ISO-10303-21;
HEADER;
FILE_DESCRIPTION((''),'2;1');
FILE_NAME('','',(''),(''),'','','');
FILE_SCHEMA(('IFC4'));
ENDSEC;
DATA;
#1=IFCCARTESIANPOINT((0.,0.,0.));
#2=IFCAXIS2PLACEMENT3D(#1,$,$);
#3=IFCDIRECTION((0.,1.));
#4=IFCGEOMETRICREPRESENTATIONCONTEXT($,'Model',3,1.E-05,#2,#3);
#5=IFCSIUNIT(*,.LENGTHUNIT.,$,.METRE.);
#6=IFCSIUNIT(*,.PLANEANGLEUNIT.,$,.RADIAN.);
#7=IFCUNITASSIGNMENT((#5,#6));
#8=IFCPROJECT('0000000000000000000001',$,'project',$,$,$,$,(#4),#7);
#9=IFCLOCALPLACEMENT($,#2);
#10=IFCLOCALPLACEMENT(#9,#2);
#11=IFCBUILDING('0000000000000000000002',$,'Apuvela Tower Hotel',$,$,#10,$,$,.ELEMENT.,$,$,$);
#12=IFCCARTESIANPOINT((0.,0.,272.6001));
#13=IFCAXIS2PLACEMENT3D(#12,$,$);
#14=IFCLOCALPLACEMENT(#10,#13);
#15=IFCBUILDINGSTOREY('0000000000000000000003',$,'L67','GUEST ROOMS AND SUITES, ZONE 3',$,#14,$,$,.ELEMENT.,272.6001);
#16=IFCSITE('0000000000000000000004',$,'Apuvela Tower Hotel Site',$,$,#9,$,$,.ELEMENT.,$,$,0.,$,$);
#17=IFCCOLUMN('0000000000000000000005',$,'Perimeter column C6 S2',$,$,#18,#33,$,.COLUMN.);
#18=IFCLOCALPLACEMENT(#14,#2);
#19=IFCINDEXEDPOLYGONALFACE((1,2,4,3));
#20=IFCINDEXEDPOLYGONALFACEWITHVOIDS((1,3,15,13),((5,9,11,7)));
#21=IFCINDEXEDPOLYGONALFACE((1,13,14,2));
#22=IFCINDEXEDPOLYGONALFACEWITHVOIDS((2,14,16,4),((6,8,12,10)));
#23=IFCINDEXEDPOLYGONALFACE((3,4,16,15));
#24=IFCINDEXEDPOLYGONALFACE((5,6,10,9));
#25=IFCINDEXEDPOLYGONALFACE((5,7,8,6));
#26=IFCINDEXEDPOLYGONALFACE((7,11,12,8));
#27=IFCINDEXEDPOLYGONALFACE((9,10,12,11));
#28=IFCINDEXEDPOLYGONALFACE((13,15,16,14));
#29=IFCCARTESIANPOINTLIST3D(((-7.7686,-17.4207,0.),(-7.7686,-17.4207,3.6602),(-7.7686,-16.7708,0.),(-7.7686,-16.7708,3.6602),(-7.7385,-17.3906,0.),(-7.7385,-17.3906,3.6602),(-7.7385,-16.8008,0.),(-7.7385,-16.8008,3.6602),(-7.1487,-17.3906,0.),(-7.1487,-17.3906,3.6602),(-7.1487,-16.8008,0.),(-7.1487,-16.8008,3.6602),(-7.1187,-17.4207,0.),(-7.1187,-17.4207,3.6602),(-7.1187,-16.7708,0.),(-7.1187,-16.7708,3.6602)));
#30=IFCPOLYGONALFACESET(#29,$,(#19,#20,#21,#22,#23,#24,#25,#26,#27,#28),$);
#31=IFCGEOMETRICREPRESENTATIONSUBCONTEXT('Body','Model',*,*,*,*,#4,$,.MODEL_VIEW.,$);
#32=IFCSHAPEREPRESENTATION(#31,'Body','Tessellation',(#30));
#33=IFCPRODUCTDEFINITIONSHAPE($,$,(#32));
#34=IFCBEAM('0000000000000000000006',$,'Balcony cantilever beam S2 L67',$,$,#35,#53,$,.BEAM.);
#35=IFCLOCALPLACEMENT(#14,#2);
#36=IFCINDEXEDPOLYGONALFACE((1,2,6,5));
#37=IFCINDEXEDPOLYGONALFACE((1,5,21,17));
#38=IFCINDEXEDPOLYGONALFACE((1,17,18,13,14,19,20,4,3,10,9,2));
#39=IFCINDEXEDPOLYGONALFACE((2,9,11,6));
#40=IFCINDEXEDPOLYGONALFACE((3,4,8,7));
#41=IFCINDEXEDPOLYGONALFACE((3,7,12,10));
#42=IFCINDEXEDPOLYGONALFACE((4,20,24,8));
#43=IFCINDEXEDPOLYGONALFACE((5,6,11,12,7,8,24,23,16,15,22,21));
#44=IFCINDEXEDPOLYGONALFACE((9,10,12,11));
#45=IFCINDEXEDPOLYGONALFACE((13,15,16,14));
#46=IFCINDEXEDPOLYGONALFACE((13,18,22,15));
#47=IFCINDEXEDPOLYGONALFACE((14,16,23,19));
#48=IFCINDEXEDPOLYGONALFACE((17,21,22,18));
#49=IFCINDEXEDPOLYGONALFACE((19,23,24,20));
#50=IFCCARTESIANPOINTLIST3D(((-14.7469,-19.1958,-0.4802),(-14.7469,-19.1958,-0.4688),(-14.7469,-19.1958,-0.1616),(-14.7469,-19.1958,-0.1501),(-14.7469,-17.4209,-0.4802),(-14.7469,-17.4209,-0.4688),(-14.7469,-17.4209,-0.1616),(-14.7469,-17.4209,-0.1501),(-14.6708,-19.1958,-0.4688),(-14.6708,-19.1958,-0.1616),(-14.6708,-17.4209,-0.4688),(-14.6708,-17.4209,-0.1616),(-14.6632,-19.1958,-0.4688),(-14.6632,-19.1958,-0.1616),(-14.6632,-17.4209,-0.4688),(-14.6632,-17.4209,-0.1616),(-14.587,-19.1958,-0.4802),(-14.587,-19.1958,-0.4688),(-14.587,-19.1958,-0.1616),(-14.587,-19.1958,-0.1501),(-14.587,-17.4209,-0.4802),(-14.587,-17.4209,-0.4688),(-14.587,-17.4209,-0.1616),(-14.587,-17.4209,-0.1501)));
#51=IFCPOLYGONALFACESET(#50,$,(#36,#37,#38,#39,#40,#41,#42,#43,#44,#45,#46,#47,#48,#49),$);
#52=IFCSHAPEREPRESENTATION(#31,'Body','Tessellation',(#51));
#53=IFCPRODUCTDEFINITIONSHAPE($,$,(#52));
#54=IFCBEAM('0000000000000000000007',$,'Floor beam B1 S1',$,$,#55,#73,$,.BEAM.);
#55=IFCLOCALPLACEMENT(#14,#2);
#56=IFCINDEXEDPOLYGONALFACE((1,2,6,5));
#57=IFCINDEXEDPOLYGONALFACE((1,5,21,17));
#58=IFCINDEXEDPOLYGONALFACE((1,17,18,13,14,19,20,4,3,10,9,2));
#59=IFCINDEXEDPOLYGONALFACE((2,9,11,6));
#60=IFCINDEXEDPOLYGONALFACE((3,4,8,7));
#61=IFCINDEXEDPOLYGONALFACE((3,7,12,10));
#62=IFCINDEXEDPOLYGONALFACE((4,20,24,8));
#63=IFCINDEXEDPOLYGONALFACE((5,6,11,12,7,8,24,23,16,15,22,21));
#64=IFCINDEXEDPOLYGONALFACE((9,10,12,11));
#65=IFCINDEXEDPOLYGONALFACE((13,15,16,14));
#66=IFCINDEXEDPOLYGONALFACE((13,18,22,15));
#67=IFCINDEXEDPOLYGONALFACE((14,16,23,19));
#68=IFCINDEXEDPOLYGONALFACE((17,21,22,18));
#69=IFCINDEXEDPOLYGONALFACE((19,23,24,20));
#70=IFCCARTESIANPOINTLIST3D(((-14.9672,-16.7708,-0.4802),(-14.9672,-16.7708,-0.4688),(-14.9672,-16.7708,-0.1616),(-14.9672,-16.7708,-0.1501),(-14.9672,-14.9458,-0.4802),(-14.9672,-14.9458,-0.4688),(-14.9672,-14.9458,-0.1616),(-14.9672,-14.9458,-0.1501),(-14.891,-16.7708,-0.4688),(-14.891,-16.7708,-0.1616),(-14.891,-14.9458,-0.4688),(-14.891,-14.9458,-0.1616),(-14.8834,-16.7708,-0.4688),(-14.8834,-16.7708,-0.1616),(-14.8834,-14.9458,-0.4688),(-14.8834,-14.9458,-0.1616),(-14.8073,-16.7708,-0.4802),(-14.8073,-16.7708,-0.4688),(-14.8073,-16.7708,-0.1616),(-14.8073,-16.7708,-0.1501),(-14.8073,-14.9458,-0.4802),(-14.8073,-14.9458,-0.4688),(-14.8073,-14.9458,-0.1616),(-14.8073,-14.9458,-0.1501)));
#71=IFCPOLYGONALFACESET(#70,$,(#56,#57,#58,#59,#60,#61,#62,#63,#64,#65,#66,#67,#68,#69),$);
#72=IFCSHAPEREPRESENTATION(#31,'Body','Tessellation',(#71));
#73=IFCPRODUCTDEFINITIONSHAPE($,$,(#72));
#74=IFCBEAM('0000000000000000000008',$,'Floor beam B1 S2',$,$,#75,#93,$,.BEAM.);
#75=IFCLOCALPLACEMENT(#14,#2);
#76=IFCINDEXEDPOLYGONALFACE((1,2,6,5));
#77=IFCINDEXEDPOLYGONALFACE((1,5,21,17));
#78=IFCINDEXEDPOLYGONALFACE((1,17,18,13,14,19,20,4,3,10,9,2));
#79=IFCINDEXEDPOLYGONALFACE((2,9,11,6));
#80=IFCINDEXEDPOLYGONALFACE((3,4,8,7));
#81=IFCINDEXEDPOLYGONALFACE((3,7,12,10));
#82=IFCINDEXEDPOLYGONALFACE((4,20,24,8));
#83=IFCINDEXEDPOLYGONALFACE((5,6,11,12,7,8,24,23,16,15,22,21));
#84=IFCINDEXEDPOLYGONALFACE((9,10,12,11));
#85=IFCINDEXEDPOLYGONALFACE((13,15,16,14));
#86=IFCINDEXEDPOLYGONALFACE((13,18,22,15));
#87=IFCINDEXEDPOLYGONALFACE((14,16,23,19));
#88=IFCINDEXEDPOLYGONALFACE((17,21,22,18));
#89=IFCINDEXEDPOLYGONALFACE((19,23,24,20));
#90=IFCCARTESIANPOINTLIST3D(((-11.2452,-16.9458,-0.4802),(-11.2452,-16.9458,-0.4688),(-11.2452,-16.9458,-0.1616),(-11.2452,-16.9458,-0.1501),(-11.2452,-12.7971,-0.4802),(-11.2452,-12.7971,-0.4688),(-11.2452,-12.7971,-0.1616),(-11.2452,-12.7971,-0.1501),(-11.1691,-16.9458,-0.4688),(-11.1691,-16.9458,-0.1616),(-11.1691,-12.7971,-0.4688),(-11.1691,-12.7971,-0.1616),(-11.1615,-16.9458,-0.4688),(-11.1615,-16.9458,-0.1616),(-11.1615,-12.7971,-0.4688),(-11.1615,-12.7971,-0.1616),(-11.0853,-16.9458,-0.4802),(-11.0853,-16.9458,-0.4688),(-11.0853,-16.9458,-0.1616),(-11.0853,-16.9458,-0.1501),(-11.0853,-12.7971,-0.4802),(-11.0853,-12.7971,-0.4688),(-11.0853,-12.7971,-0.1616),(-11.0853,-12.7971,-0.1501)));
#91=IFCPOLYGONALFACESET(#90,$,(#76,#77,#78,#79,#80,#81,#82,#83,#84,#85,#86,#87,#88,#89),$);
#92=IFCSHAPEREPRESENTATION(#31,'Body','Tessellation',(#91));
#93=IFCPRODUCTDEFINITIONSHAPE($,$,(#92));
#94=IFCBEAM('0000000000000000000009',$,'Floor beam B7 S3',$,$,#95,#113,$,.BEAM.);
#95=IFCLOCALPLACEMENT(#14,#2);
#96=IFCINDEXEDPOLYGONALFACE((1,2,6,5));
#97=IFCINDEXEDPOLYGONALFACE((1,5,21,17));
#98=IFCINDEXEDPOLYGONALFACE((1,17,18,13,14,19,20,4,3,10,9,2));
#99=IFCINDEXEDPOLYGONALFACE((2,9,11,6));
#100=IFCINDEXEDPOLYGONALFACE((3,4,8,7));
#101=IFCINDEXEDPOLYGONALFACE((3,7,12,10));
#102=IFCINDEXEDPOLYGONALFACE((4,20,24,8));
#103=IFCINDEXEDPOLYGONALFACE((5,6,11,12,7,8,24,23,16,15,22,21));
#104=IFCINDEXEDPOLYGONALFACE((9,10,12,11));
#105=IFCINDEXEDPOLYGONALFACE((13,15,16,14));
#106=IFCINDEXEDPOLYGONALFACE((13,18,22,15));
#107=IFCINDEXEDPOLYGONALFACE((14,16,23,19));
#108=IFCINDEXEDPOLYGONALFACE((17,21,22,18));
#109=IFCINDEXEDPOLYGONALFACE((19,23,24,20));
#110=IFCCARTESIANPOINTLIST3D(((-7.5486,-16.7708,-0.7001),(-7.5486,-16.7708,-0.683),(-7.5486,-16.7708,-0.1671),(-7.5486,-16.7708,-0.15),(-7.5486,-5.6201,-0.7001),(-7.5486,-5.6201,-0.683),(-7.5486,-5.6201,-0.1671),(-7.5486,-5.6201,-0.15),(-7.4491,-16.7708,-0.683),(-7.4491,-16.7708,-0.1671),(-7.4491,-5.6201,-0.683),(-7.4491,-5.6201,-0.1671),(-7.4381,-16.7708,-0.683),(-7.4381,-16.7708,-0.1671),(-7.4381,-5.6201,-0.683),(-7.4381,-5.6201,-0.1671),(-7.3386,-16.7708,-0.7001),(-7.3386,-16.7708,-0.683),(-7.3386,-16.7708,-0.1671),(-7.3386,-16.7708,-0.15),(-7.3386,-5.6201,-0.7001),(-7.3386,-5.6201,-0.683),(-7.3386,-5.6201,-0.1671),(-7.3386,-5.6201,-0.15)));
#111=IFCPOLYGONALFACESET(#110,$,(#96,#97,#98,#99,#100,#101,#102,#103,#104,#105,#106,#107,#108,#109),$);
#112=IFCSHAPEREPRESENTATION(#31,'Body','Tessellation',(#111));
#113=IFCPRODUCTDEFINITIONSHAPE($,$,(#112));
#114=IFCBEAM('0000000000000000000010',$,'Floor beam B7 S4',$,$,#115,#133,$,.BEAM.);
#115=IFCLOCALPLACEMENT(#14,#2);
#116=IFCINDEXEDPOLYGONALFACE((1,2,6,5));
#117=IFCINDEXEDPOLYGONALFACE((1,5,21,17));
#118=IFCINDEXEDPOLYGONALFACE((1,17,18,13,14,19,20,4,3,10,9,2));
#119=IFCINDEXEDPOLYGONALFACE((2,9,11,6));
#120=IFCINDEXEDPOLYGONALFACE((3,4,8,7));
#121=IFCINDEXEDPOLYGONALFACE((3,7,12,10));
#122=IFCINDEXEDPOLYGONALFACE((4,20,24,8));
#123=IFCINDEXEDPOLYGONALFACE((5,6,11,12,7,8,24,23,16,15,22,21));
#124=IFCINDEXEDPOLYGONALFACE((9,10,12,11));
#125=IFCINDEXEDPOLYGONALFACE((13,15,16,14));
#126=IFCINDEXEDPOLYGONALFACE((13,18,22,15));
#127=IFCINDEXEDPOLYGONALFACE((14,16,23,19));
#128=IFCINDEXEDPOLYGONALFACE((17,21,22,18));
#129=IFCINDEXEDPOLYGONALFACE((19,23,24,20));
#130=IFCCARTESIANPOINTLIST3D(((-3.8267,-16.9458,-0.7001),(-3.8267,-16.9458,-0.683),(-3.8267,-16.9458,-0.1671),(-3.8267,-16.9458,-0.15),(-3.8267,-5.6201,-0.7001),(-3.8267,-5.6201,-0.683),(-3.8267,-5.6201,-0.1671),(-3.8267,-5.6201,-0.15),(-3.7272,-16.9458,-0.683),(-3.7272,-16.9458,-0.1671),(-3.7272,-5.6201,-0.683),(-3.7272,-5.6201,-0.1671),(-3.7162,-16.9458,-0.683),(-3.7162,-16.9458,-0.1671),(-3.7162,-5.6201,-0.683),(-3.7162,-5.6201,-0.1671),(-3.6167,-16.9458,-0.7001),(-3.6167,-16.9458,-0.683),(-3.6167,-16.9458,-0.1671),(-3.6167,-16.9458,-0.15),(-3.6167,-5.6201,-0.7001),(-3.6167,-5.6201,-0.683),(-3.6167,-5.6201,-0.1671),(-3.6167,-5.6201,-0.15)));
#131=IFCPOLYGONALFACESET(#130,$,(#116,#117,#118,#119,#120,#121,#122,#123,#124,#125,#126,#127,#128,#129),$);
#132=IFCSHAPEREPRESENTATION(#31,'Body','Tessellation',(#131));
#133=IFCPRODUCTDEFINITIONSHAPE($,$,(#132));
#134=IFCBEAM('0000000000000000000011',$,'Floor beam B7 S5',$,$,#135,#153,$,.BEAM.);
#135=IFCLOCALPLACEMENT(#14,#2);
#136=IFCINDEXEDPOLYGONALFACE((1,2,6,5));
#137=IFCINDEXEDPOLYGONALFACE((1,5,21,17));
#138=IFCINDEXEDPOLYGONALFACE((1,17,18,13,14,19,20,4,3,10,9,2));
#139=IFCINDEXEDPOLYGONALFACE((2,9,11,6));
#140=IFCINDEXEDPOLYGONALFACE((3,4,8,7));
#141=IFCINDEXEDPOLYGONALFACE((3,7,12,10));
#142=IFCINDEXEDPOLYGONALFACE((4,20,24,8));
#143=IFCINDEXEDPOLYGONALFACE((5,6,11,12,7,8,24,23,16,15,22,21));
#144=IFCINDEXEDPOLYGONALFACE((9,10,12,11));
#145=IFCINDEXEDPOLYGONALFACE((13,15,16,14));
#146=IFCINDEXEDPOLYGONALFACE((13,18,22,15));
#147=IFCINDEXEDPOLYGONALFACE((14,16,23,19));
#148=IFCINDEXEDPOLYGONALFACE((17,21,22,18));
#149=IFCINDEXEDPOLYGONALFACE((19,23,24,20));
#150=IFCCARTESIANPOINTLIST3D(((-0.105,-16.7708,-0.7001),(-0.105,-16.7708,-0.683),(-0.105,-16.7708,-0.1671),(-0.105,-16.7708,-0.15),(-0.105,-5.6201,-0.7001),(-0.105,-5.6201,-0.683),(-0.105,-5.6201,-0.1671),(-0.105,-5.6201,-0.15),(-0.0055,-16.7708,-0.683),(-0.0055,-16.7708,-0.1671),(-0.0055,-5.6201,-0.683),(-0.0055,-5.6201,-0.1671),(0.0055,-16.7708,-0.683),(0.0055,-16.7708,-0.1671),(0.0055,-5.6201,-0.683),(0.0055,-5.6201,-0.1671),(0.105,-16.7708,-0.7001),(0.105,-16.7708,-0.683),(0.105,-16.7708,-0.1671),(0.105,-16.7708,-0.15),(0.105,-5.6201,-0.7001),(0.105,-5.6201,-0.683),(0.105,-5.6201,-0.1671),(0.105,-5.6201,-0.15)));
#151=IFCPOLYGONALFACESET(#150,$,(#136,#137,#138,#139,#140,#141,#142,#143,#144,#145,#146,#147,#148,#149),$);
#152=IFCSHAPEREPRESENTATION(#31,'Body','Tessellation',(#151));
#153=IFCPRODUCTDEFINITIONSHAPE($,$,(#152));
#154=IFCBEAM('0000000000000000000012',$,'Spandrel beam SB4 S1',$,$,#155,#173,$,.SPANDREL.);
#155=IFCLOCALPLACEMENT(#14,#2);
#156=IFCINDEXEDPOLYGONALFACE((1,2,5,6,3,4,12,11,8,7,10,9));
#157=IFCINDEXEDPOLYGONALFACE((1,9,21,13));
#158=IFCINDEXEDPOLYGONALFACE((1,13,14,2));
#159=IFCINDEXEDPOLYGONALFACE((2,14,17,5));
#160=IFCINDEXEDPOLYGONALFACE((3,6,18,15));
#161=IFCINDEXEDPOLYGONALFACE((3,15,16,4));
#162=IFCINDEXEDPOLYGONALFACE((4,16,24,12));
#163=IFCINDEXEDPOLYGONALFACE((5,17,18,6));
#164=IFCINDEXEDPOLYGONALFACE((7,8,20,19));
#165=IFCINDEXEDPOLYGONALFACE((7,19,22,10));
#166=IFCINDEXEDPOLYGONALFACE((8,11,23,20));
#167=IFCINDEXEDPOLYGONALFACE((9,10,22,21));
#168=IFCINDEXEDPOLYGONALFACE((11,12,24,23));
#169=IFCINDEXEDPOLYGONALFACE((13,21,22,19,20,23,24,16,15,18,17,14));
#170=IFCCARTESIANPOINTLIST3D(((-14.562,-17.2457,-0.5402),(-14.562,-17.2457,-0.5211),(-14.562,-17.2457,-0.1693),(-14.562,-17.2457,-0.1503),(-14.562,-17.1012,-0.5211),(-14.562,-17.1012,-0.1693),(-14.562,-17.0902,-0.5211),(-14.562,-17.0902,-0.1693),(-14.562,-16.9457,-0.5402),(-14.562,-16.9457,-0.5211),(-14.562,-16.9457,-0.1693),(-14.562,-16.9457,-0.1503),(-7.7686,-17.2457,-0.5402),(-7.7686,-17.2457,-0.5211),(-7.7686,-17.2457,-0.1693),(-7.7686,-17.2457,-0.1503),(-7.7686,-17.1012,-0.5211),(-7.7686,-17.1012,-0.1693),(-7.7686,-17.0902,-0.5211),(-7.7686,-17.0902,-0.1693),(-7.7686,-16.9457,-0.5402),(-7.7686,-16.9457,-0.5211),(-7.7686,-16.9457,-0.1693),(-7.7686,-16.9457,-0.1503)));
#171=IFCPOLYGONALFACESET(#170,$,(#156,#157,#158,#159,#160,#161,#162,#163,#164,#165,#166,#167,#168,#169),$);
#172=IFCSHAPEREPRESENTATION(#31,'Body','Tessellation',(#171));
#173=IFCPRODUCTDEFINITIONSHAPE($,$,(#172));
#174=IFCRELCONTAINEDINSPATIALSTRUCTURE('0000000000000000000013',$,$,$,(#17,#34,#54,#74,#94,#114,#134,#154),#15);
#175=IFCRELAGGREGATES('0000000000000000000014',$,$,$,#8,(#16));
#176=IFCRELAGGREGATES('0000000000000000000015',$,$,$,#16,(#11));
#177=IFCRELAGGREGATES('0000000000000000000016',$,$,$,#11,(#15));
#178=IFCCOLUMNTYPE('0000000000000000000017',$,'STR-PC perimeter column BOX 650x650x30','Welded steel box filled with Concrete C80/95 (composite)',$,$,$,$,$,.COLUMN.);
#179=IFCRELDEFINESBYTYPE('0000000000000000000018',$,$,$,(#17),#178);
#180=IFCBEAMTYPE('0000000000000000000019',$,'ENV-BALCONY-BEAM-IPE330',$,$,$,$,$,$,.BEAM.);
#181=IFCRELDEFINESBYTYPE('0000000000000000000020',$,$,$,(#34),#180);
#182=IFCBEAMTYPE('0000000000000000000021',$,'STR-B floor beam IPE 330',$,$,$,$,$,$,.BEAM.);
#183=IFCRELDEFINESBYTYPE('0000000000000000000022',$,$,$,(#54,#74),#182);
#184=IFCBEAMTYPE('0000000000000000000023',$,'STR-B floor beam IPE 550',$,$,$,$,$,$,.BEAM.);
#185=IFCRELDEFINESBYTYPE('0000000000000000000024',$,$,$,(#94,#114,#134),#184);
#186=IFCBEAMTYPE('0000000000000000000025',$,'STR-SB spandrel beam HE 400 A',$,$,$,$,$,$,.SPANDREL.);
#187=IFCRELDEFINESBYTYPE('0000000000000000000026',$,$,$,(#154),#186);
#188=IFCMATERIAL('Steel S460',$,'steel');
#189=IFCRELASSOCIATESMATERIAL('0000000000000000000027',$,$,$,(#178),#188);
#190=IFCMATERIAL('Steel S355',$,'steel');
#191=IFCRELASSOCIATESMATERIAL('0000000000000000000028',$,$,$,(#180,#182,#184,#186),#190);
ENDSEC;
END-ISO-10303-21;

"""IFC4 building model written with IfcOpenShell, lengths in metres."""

from ifc_helpers import new_model, si_unit, direction, frame, origin, origin_2d, place, context, subcontext, project, spatial, rectangle, hollow_rectangle, i_section, extrude, boolean, halfspace, material, material_profile, profile_set, type_object, element, save


model = new_model("IFC4")

# Units and contexts
model_context = context("Model", 3, precision=1e-05, world=origin(), true_north=direction((0.0, 1.0)))
body_context = subcontext(model_context, "Body", "Model", "MODEL_VIEW")
ifc_project = project(units=[si_unit("LENGTHUNIT", "METRE"), si_unit("PLANEANGLEUNIT", "RADIAN")], contexts=[model_context])

# Site, building, storey
site_placement = place(None, origin())
site = spatial("IfcSite", under=ifc_project, at=site_placement, Name="Apuvela Tower Hotel Site", CompositionType="ELEMENT", RefElevation=0.0)
building_placement = place(site_placement, origin())
building = spatial("IfcBuilding", under=site, at=building_placement, Name="Apuvela Tower Hotel", CompositionType="ELEMENT")
storey_placement = place(building_placement, frame((0.0, 0.0, 272.6001)))
storey = spatial("IfcBuildingStorey", under=building, at=storey_placement, Name="L67", Description="GUEST ROOMS AND SUITES, ZONE 3", CompositionType="ELEMENT", Elevation=272.6001)

# Column
ifc_material_1 = material(Name="Steel S460", Category="steel")
ifc_material_profile_1 = material_profile(ifc_material_1, hollow_rectangle(XDim=0.6499, YDim=0.6499, WallThickness=0.03, at=origin_2d()), Name="BOX 650x650x30")
ifc_material_2 = material(Name="Concrete C80/95", Category="concrete")
ifc_material_profile_2 = material_profile(ifc_material_2, rectangle(XDim=0.5901, YDim=0.5901, at=origin_2d()), Name="Concrete C80/95 infill")
ifc_profile_set_1 = profile_set([ifc_material_profile_1, ifc_material_profile_2], Name="Steel S460")
column_type = type_object("IfcColumnType", Name="STR-PC perimeter column BOX 650x650x30", Description="Welded steel box filled with Concrete C80/95 (composite)", PredefinedType="COLUMN", material=ifc_profile_set_1)
column_1_placement = place(storey_placement, frame((-7.4436, -17.0957, 0.0), z_axis=(0.0, 0.0, 1.0), x_axis=(-1.0, 0.0, 0.0)))
element("IfcColumn", 1, at=column_1_placement, inside=storey, type_object=column_type, Name="Perimeter column C6 S2", PredefinedType="COLUMN", context=body_context, shape_type="SweptSolid", body=[
    boolean("DIFFERENCE", extrude(hollow_rectangle(XDim=0.6499, YDim=0.6499, WallThickness=0.03, at=origin_2d()), origin(), (0.0, 0.0, 1.0), 3.7), halfspace(frame((0.0, 0.0, 3.6602), z_axis=(0.0, 0.0, 1.0), x_axis=(1.0, 0.0, 0.0)), False)),
])

# Beams
ifc_material_3 = material(Name="Steel S355", Category="steel")
ifc_material_profile_3 = material_profile(ifc_material_3, i_section(OverallWidth=0.1599, OverallDepth=0.3301, WebThickness=0.0076, FlangeThickness=0.0115, at=origin_2d()), Name="IPE 330")
ifc_profile_set_2 = profile_set([ifc_material_profile_3], Name="Steel S355")
beam_type_1 = type_object("IfcBeamType", Name="ENV-BALCONY-BEAM-IPE330", PredefinedType="BEAM", material=ifc_profile_set_2)
beam_1_placement = place(storey_placement, frame((-14.667, -17.4209, -0.3152), z_axis=(0.0, -1.0, 0.0), x_axis=(1.0, 0.0, 0.0)))
element("IfcBeam", 2, at=beam_1_placement, inside=storey, type_object=beam_type_1, Name="Balcony cantilever beam S2 L67", PredefinedType="BEAM", context=body_context, shape_type="SweptSolid", body=[
    extrude(i_section(OverallWidth=0.1599, OverallDepth=0.3301, WebThickness=0.0076, FlangeThickness=0.0115, at=origin_2d()), origin(), (0.0, 0.0, 1.0), 1.7749),
])
ifc_material_profile_4 = material_profile(ifc_material_3, i_section(OverallWidth=0.1599, OverallDepth=0.3301, WebThickness=0.0076, FlangeThickness=0.0115, at=origin_2d()), Name="IPE 330")
ifc_profile_set_3 = profile_set([ifc_material_profile_4], Name="Steel S355")
beam_type_2 = type_object("IfcBeamType", Name="STR-B floor beam IPE 330", PredefinedType="BEAM", material=ifc_profile_set_3)
beam_2_placement = place(storey_placement, frame((-14.8872, -16.7708, -0.3152), z_axis=(0.0, 1.0, 0.0), x_axis=(-1.0, 0.0, 0.0)))
element("IfcBeam", 3, at=beam_2_placement, inside=storey, type_object=beam_type_2, Name="Floor beam B1 S1", PredefinedType="BEAM", context=body_context, shape_type="SweptSolid", body=[
    extrude(i_section(OverallWidth=0.1599, OverallDepth=0.3301, WebThickness=0.0076, FlangeThickness=0.0115, at=origin_2d()), origin(), (0.0, 0.0, 1.0), 1.825),
])
beam_3_placement = place(storey_placement, frame((-11.1653, -16.9458, -0.3152), z_axis=(0.0, 1.0, 0.0), x_axis=(-1.0, 0.0, 0.0)))
element("IfcBeam", 4, at=beam_3_placement, inside=storey, type_object=beam_type_2, Name="Floor beam B1 S2", PredefinedType="BEAM", context=body_context, shape_type="SweptSolid", body=[
    extrude(i_section(OverallWidth=0.1599, OverallDepth=0.3301, WebThickness=0.0076, FlangeThickness=0.0115, at=origin_2d()), origin(), (0.0, 0.0, 1.0), 4.1487),
])
ifc_material_profile_5 = material_profile(ifc_material_3, i_section(OverallWidth=0.21, OverallDepth=0.55, WebThickness=0.011, FlangeThickness=0.0171, at=origin_2d()), Name="IPE 550")
ifc_profile_set_4 = profile_set([ifc_material_profile_5], Name="Steel S355")
beam_type_3 = type_object("IfcBeamType", Name="STR-B floor beam IPE 550", PredefinedType="BEAM", material=ifc_profile_set_4)
beam_4_placement = place(storey_placement, frame((-7.4436, -16.7708, -0.425), z_axis=(0.0, 1.0, 0.0), x_axis=(-1.0, 0.0, 0.0)))
element("IfcBeam", 5, at=beam_4_placement, inside=storey, type_object=beam_type_3, Name="Floor beam B7 S3", PredefinedType="BEAM", context=body_context, shape_type="SweptSolid", body=[
    extrude(i_section(OverallWidth=0.21, OverallDepth=0.55, WebThickness=0.011, FlangeThickness=0.0171, at=origin_2d()), origin(), (0.0, 0.0, 1.0), 11.1506),
])
beam_5_placement = place(storey_placement, frame((-3.7217, -16.9458, -0.425), z_axis=(0.0, 1.0, 0.0), x_axis=(-1.0, 0.0, 0.0)))
element("IfcBeam", 6, at=beam_5_placement, inside=storey, type_object=beam_type_3, Name="Floor beam B7 S4", PredefinedType="BEAM", context=body_context, shape_type="SweptSolid", body=[
    extrude(i_section(OverallWidth=0.21, OverallDepth=0.55, WebThickness=0.011, FlangeThickness=0.0171, at=origin_2d()), origin(), (0.0, 0.0, 1.0), 11.3257),
])
beam_6_placement = place(storey_placement, frame((0.0, -16.7708, -0.425), z_axis=(0.0, 1.0, 0.0), x_axis=(-1.0, 0.0, 0.0)))
element("IfcBeam", 7, at=beam_6_placement, inside=storey, type_object=beam_type_3, Name="Floor beam B7 S5", PredefinedType="BEAM", context=body_context, shape_type="SweptSolid", body=[
    extrude(i_section(OverallWidth=0.21, OverallDepth=0.55, WebThickness=0.011, FlangeThickness=0.0171, at=origin_2d()), origin(), (0.0, 0.0, 1.0), 11.1506),
])
ifc_material_profile_6 = material_profile(ifc_material_3, i_section(OverallWidth=0.3, OverallDepth=0.3899, WebThickness=0.011, FlangeThickness=0.019, at=origin_2d()), Name="HE 400 A")
ifc_profile_set_5 = profile_set([ifc_material_profile_6], Name="Steel S355")
beam_type_4 = type_object("IfcBeamType", Name="STR-SB spandrel beam HE 400 A", PredefinedType="SPANDREL", material=ifc_profile_set_5)
beam_7_placement = place(storey_placement, frame((-14.562, -17.0957, -0.3452), z_axis=(1.0, 0.0, 0.0), x_axis=(0.0, 1.0, 0.0)))
element("IfcBeam", 8, at=beam_7_placement, inside=storey, type_object=beam_type_4, Name="Spandrel beam SB4 S1", PredefinedType="SPANDREL", context=body_context, shape_type="SweptSolid", body=[
    extrude(i_section(OverallWidth=0.3, OverallDepth=0.3899, WebThickness=0.011, FlangeThickness=0.019, at=origin_2d()), origin(), (0.0, 0.0, 1.0), 6.7935),
])

save(model, "model.ifc")
